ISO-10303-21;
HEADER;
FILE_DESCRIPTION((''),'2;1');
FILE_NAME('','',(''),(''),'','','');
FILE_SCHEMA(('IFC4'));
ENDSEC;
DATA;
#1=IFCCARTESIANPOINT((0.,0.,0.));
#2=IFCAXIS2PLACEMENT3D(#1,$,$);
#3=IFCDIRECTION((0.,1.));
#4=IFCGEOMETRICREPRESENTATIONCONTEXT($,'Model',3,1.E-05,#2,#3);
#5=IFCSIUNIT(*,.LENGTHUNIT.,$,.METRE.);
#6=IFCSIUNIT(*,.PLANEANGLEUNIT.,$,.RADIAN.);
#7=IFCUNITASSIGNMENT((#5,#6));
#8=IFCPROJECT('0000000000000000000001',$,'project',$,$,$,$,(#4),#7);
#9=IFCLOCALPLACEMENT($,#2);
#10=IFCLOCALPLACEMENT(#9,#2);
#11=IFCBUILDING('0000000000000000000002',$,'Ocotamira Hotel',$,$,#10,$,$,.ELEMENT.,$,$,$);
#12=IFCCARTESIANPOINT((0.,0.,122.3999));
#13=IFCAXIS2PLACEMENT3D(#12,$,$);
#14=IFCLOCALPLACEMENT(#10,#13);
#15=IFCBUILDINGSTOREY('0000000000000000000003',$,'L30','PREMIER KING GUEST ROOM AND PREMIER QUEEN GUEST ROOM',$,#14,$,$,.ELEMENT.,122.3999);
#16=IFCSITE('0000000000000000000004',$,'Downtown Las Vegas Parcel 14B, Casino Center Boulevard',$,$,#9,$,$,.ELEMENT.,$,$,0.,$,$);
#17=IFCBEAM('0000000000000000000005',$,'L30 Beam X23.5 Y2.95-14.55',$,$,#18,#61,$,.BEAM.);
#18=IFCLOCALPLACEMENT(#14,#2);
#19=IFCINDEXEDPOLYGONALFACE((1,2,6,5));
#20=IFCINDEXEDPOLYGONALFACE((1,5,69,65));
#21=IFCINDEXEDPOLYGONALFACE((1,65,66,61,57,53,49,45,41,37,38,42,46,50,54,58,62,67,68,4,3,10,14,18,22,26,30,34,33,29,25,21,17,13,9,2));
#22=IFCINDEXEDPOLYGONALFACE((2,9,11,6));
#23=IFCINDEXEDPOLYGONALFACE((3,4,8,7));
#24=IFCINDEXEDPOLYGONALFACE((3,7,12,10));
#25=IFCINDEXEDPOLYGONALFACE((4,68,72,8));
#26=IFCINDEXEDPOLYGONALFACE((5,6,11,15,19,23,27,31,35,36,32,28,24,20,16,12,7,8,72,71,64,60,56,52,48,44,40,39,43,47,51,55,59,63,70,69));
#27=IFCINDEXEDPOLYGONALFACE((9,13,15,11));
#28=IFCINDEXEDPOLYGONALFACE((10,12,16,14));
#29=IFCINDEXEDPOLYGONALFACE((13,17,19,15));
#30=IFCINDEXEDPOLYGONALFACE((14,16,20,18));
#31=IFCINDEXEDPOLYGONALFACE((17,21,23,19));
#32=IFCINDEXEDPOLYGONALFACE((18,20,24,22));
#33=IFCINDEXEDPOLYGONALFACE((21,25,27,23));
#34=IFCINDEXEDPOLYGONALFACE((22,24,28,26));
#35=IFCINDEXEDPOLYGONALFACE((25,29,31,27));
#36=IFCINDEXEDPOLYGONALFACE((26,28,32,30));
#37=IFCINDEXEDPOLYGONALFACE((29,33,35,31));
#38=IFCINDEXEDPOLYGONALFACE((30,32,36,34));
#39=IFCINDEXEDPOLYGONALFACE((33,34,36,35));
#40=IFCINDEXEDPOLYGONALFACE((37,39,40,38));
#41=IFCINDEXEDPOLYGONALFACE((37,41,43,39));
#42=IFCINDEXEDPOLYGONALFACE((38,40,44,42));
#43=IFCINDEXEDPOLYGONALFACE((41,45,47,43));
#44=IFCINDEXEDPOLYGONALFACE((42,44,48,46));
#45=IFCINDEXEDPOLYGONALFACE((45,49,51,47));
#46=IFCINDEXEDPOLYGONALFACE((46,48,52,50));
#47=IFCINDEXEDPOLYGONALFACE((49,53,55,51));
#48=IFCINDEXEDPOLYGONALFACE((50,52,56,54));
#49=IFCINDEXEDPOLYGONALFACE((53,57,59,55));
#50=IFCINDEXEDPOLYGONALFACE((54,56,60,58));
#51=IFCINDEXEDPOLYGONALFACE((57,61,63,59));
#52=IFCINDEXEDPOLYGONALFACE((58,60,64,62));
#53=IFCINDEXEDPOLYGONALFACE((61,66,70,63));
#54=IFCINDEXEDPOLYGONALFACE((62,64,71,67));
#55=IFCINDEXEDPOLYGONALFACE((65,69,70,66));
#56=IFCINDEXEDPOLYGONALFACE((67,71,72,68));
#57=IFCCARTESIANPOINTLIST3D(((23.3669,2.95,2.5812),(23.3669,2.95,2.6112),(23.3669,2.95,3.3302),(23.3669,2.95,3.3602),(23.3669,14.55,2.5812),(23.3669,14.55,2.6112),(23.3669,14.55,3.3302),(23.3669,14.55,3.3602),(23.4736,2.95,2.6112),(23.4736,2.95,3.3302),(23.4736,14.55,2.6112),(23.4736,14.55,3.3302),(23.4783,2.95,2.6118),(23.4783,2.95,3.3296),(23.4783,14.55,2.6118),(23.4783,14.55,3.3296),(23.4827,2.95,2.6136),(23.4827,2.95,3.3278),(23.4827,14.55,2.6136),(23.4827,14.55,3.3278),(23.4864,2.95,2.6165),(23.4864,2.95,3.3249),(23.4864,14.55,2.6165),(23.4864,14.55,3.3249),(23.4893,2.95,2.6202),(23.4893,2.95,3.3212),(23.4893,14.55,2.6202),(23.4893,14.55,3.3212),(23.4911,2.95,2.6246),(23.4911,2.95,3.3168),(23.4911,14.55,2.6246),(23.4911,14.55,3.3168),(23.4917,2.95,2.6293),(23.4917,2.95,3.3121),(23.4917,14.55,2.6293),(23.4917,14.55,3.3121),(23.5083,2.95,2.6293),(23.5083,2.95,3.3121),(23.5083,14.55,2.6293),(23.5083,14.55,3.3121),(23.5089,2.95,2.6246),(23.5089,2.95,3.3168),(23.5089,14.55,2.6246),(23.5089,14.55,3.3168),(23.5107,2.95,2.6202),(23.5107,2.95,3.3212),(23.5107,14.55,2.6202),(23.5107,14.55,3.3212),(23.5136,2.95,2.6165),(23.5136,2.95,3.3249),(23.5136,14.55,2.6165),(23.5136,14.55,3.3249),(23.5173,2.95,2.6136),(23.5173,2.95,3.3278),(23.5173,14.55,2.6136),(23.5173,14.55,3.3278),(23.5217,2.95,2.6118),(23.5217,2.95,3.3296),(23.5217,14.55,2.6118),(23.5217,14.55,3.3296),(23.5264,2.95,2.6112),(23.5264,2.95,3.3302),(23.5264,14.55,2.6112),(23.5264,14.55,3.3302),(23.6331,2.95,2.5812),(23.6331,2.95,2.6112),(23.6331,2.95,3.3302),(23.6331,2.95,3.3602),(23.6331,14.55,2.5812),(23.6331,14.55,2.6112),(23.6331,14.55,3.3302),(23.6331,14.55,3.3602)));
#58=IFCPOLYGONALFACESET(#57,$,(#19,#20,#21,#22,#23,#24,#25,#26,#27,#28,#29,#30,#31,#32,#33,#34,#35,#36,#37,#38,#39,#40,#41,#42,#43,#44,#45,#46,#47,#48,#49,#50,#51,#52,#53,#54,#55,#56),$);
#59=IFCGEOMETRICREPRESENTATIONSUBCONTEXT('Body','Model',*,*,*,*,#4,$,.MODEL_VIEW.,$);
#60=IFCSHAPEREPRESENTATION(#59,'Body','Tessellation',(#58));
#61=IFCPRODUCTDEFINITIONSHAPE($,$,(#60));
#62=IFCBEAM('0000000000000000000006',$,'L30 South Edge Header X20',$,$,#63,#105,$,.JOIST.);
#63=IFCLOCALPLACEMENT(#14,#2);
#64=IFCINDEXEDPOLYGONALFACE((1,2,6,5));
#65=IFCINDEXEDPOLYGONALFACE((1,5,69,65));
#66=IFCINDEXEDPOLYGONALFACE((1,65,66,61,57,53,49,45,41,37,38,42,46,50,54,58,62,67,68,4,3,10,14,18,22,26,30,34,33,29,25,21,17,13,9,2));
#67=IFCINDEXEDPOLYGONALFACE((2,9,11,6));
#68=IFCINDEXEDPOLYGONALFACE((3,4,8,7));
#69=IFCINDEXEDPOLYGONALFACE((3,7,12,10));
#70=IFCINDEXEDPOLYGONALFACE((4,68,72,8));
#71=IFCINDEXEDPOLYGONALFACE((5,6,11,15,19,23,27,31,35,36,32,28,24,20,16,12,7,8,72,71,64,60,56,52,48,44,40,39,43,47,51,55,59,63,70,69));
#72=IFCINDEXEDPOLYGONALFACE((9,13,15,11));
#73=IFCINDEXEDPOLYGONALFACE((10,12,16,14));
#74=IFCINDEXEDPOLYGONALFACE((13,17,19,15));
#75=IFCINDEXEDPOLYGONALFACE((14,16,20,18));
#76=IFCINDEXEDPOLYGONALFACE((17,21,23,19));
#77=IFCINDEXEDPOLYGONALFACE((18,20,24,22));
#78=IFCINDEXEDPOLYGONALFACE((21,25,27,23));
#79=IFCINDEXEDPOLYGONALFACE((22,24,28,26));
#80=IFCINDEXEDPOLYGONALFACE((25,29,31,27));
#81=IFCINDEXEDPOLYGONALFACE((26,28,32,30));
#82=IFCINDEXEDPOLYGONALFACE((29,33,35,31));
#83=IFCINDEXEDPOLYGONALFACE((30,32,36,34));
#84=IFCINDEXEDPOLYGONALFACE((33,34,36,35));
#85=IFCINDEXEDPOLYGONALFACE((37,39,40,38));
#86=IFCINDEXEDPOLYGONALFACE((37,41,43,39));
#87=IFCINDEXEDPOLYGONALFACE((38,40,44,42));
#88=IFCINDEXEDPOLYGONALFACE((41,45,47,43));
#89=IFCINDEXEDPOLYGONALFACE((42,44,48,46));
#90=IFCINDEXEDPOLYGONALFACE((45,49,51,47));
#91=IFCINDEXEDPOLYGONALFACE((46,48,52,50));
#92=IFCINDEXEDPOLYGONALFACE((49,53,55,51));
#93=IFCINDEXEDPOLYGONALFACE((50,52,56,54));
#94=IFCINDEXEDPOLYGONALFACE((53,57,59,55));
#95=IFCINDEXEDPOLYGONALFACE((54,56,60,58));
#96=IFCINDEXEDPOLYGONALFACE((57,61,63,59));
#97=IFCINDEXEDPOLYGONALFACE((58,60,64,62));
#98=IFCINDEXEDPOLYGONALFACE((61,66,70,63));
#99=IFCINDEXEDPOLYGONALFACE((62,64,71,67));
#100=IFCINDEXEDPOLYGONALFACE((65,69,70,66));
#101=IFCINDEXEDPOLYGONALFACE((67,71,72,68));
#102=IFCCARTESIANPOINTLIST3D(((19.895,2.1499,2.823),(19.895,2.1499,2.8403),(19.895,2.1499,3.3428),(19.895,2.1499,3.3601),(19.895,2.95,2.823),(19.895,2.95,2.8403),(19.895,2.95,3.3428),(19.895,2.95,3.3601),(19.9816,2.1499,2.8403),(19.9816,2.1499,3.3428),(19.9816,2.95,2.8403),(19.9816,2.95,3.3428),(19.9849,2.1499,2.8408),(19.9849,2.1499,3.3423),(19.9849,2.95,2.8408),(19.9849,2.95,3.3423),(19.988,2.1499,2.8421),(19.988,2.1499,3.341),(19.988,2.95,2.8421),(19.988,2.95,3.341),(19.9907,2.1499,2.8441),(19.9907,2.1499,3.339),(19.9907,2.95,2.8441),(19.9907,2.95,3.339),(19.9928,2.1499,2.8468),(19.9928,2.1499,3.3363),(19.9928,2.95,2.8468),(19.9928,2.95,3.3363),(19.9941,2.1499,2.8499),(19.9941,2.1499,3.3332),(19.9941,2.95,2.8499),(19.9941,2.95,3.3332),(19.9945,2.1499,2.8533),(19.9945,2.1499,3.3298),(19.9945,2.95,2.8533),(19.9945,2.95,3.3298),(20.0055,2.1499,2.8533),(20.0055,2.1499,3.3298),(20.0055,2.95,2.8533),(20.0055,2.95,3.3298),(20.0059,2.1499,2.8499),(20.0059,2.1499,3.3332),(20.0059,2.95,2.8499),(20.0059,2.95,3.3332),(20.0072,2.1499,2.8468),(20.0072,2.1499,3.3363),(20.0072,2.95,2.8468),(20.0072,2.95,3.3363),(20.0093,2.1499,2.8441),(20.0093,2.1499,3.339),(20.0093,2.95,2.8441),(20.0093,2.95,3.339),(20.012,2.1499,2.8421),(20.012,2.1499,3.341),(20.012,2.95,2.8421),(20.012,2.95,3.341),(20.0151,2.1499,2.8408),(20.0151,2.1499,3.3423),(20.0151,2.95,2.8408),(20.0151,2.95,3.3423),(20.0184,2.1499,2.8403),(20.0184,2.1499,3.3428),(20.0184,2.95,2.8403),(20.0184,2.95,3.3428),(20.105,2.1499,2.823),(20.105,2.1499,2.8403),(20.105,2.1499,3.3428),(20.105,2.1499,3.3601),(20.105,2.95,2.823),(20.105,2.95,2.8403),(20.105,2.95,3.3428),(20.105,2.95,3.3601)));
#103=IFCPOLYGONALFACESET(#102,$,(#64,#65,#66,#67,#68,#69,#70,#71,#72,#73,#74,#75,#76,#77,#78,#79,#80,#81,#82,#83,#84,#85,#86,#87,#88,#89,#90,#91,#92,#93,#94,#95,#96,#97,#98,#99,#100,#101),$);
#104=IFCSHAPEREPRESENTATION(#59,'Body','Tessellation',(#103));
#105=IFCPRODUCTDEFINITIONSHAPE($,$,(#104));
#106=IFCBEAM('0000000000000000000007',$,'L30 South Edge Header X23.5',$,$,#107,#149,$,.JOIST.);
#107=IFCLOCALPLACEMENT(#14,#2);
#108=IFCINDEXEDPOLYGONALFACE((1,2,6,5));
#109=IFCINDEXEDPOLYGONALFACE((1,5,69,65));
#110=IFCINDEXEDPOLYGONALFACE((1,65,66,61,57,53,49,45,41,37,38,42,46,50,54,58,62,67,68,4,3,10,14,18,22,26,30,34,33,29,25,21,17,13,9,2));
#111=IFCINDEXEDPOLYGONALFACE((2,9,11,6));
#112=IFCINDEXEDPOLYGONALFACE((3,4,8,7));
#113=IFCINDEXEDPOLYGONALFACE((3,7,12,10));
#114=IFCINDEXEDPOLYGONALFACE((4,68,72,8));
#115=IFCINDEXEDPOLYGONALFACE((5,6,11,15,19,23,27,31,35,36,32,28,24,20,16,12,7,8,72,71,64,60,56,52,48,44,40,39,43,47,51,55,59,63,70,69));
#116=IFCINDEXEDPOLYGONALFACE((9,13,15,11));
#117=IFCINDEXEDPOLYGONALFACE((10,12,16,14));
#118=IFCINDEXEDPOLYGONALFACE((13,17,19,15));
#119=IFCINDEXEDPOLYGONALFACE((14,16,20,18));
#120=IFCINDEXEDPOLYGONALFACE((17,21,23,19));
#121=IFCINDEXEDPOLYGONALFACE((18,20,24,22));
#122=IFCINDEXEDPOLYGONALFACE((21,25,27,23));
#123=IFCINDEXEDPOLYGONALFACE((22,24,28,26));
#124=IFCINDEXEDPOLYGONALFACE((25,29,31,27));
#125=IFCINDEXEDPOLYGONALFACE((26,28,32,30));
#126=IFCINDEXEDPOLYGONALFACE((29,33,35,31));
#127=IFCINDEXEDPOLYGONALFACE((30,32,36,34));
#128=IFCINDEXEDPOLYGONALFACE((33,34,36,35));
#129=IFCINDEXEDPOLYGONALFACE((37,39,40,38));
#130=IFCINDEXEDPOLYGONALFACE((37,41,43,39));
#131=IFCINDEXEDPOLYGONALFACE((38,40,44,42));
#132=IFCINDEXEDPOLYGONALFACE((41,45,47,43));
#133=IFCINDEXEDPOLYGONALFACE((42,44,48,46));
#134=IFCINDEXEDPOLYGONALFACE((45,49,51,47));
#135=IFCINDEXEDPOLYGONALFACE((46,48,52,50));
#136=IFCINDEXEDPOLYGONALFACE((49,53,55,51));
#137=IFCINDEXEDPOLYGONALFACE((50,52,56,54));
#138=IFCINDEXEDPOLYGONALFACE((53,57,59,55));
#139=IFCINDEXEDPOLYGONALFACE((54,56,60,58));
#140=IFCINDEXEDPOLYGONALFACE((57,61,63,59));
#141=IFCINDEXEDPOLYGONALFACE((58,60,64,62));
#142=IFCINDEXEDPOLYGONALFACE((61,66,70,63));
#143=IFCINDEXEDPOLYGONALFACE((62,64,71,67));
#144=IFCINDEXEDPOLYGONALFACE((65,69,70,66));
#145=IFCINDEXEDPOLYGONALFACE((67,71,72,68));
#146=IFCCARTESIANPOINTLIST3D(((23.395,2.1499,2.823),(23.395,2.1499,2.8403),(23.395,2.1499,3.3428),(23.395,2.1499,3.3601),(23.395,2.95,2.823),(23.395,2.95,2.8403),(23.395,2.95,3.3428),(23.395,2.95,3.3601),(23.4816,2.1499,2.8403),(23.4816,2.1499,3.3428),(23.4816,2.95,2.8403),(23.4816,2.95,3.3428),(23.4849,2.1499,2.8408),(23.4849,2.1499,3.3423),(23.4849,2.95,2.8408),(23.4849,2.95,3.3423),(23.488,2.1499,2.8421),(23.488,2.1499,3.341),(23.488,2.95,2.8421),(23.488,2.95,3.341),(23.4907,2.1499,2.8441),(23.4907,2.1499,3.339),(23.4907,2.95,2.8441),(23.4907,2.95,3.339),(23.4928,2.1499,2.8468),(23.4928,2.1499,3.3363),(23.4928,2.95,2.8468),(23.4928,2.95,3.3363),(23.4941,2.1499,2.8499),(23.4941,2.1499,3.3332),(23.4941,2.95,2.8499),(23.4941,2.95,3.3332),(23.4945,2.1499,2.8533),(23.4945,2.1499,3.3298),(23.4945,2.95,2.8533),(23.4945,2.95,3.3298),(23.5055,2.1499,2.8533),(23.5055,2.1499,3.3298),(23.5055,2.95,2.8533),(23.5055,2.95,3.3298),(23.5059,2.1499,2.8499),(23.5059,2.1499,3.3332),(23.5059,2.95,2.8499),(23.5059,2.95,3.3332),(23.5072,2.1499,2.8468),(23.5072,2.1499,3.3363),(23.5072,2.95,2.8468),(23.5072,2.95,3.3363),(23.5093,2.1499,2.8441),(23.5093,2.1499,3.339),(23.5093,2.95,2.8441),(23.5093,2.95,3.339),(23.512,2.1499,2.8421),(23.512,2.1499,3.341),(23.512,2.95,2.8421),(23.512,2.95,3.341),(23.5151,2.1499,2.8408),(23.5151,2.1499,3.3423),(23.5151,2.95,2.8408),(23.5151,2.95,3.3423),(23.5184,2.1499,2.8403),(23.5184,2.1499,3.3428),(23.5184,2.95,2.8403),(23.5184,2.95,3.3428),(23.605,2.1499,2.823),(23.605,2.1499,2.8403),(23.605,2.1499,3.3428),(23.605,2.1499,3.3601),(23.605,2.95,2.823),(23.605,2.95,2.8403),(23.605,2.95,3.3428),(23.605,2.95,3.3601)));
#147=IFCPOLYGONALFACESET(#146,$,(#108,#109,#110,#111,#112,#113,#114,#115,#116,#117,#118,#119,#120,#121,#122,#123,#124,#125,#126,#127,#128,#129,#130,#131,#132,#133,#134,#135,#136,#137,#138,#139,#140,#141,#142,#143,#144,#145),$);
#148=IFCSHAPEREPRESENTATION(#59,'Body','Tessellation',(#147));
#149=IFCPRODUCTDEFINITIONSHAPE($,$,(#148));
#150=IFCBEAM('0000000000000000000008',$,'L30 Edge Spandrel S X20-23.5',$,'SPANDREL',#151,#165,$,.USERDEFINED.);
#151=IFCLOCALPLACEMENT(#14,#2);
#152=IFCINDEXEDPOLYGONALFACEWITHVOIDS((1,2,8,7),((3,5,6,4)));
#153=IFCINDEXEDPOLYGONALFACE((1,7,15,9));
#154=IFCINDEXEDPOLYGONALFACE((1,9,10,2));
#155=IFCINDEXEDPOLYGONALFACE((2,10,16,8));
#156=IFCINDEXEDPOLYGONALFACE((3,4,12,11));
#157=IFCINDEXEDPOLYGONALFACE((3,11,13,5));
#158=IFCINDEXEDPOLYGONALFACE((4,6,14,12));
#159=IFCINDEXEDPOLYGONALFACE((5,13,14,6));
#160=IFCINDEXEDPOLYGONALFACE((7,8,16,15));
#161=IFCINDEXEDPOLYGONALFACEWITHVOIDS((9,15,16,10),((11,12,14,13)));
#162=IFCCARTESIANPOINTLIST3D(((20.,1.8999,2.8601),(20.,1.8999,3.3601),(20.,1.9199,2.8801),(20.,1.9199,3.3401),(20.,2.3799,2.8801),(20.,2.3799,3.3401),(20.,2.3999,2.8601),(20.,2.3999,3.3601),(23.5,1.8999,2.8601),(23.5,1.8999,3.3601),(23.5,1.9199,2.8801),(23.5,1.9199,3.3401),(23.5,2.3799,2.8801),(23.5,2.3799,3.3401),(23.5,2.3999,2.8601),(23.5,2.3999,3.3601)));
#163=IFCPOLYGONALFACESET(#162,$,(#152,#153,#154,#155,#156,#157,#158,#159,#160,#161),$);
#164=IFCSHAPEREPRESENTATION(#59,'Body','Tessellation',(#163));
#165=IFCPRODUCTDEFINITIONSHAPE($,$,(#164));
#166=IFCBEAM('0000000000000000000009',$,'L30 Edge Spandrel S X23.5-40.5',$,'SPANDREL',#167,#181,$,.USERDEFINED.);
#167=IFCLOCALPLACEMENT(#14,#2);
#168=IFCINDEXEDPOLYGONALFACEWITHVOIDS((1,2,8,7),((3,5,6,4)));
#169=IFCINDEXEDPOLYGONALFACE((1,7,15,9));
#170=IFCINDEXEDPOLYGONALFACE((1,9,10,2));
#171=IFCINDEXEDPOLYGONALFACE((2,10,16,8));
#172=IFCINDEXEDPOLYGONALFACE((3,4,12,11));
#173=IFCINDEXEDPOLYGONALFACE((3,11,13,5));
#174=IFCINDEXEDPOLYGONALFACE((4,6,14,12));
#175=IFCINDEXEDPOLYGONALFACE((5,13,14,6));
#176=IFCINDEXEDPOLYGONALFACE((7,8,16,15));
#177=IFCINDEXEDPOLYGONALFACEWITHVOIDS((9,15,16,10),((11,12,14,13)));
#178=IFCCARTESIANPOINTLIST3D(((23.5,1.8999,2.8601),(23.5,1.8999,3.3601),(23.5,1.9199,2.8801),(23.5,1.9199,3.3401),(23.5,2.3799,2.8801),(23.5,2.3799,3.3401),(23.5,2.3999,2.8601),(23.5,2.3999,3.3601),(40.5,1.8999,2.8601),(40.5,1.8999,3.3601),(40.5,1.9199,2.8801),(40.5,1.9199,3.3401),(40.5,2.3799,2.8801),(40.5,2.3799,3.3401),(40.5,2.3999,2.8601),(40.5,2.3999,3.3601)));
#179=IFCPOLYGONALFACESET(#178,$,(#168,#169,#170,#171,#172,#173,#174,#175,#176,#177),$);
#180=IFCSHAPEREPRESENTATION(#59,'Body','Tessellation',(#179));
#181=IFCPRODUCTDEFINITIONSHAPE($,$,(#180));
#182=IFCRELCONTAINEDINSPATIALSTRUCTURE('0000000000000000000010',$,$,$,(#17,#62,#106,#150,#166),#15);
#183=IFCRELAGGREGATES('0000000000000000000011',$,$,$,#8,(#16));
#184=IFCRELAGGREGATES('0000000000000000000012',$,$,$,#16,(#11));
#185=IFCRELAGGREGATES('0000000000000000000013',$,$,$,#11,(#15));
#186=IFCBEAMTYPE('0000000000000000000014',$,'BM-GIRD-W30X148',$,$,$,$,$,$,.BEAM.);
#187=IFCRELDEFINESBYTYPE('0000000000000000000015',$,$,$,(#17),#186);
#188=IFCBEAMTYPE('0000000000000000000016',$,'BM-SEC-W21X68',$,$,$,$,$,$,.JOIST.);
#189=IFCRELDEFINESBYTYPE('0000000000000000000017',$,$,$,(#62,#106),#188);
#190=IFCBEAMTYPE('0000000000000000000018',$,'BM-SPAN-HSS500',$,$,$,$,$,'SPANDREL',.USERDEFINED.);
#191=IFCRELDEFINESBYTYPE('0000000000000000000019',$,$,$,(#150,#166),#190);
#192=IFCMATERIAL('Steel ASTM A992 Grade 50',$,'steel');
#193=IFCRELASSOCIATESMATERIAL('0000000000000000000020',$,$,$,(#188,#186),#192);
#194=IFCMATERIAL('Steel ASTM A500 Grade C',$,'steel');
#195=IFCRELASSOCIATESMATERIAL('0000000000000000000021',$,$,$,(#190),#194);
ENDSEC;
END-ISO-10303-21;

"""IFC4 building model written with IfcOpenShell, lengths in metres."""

from ifc_helpers import new_model, si_unit, direction, frame, origin, origin_2d, place, context, subcontext, project, spatial, hollow_rectangle, i_section, extrude, source, transform, mapped, material, material_profile, profile_set, type_object, element, save


model = new_model("IFC4")

# Units and contexts
model_context = context("Model", 3, precision=1e-05, world=origin(), true_north=direction((0.0, 1.0)))
body_context = subcontext(model_context, "Body", "Model", "MODEL_VIEW")
ifc_project = project(units=[si_unit("LENGTHUNIT", "METRE"), si_unit("PLANEANGLEUNIT", "RADIAN")], contexts=[model_context])

# Site, building, storey
site_placement = place(None, origin())
site = spatial("IfcSite", under=ifc_project, at=site_placement, Name="Downtown Las Vegas Parcel 14B, Casino Center Boulevard", CompositionType="ELEMENT", RefElevation=0.0)
building_placement = place(site_placement, origin())
building = spatial("IfcBuilding", under=site, at=building_placement, Name="Ocotamira Hotel", CompositionType="ELEMENT")
storey_placement = place(building_placement, frame((0.0, 0.0, 122.3999)))
storey = spatial("IfcBuildingStorey", under=building, at=storey_placement, Name="L30", Description="PREMIER KING GUEST ROOM AND PREMIER QUEEN GUEST ROOM", CompositionType="ELEMENT", Elevation=122.3999)

# Beams
ifc_material_1 = material(Name="Steel ASTM A992 Grade 50", Category="steel")
ifc_material_profile_1 = material_profile(ifc_material_1, i_section(OverallWidth=0.21, OverallDepth=0.5371, WebThickness=0.011, FlangeThickness=0.0173, FilletRadius=0.0129, at=origin_2d()), Name="W21X68")
ifc_profile_set_1 = profile_set([ifc_material_profile_1], Name="Steel ASTM A992 Grade 50")
beam_type_1 = type_object("IfcBeamType", Name="BM-SEC-W21X68", PredefinedType="JOIST", material=ifc_profile_set_1)
ifc_material_profile_2 = material_profile(ifc_material_1, i_section(OverallWidth=0.2661, OverallDepth=0.7791, WebThickness=0.0166, FlangeThickness=0.03, FilletRadius=0.0181, at=origin_2d()), Name="W30X148")
ifc_profile_set_2 = profile_set([ifc_material_profile_2], Name="Steel ASTM A992 Grade 50")
beam_type_2 = type_object("IfcBeamType", Name="BM-GIRD-W30X148", PredefinedType="BEAM", material=ifc_profile_set_2)
shared_shape_1 = source(origin(), body_context, "Body", "SweptSolid", [
    extrude(i_section(OverallWidth=0.2661, OverallDepth=0.7791, WebThickness=0.0166, FlangeThickness=0.03, FilletRadius=0.0181, at=origin_2d()), origin(), (0.0, 0.0, 1.0), 11.6001),
])
beam_1_placement = place(storey_placement, frame((23.5, 2.95, 2.9707), z_axis=(0.0, 1.0, 0.0), x_axis=(-1.0, 0.0, 0.0)))
element("IfcBeam", 1, at=beam_1_placement, inside=storey, type_object=beam_type_2, Name="L30 Beam X23.5 Y2.95-14.55", PredefinedType="BEAM", context=body_context, shape_type="MappedRepresentation", body=[
    mapped(shared_shape_1, transform((0.0, 0.0, 0.0), scale=1.0)),
])
shared_shape_2 = source(origin(), body_context, "Body", "SweptSolid", [
    extrude(i_section(OverallWidth=0.21, OverallDepth=0.5371, WebThickness=0.011, FlangeThickness=0.0173, FilletRadius=0.0129, at=origin_2d()), origin(), (0.0, 0.0, 1.0), 0.8),
])
for number, where, z_axis, x_axis, name in (
    (2, (20.0, 2.95, 3.0916), (0.0, -1.0, 0.0), (1.0, 0.0, 0.0), "L30 South Edge Header X20"),
    (3, (23.5, 2.95, 3.0916), (0.0, -1.0, 0.0), (1.0, 0.0, 0.0), "L30 South Edge Header X23.5"),
):
    element("IfcBeam", number, at=place(storey_placement, frame(where, z_axis=z_axis, x_axis=x_axis)), inside=storey, type_object=beam_type_1, Name=name, PredefinedType="JOIST", context=body_context, shape_type="MappedRepresentation", body=[
        mapped(shared_shape_2, transform((0.0, 0.0, 0.0), scale=1.0)),
    ])
ifc_material_2 = material(Name="Steel ASTM A500 Grade C", Category="steel")
ifc_material_profile_3 = material_profile(ifc_material_2, hollow_rectangle(XDim=0.5, YDim=0.5, WallThickness=0.02, at=origin_2d()), Name="HSS500X500X20")
ifc_profile_set_3 = profile_set([ifc_material_profile_3], Name="Steel ASTM A500 Grade C")
beam_type_3 = type_object("IfcBeamType", Name="BM-SPAN-HSS500", ElementType="SPANDREL", PredefinedType="USERDEFINED", material=ifc_profile_set_3)
shared_shape_3 = source(origin(), body_context, "Body", "SweptSolid", [
    extrude(hollow_rectangle(XDim=0.5, YDim=0.5, WallThickness=0.02, at=origin_2d()), origin(), (0.0, 0.0, 1.0), 3.5),
])
beam_2_placement = place(storey_placement, frame((20.0, 2.1499, 3.1101), z_axis=(1.0, 0.0, 0.0), x_axis=(0.0, 1.0, 0.0)))
element("IfcBeam", 4, at=beam_2_placement, inside=storey, type_object=beam_type_3, Name="L30 Edge Spandrel S X20-23.5", ObjectType="SPANDREL", PredefinedType="USERDEFINED", context=body_context, shape_type="MappedRepresentation", body=[
    mapped(shared_shape_3, transform((0.0, 0.0, 0.0), scale=1.0)),
])
shared_shape_4 = source(origin(), body_context, "Body", "SweptSolid", [
    extrude(hollow_rectangle(XDim=0.5, YDim=0.5, WallThickness=0.02, at=origin_2d()), origin(), (0.0, 0.0, 1.0), 17.0),
])
beam_3_placement = place(storey_placement, frame((23.5, 2.1499, 3.1101), z_axis=(1.0, 0.0, 0.0), x_axis=(0.0, 1.0, 0.0)))
element("IfcBeam", 5, at=beam_3_placement, inside=storey, type_object=beam_type_3, Name="L30 Edge Spandrel S X23.5-40.5", ObjectType="SPANDREL", PredefinedType="USERDEFINED", context=body_context, shape_type="MappedRepresentation", body=[
    mapped(shared_shape_4, transform((0.0, 0.0, 0.0), scale=1.0)),
])

save(model, "model.ifc")
